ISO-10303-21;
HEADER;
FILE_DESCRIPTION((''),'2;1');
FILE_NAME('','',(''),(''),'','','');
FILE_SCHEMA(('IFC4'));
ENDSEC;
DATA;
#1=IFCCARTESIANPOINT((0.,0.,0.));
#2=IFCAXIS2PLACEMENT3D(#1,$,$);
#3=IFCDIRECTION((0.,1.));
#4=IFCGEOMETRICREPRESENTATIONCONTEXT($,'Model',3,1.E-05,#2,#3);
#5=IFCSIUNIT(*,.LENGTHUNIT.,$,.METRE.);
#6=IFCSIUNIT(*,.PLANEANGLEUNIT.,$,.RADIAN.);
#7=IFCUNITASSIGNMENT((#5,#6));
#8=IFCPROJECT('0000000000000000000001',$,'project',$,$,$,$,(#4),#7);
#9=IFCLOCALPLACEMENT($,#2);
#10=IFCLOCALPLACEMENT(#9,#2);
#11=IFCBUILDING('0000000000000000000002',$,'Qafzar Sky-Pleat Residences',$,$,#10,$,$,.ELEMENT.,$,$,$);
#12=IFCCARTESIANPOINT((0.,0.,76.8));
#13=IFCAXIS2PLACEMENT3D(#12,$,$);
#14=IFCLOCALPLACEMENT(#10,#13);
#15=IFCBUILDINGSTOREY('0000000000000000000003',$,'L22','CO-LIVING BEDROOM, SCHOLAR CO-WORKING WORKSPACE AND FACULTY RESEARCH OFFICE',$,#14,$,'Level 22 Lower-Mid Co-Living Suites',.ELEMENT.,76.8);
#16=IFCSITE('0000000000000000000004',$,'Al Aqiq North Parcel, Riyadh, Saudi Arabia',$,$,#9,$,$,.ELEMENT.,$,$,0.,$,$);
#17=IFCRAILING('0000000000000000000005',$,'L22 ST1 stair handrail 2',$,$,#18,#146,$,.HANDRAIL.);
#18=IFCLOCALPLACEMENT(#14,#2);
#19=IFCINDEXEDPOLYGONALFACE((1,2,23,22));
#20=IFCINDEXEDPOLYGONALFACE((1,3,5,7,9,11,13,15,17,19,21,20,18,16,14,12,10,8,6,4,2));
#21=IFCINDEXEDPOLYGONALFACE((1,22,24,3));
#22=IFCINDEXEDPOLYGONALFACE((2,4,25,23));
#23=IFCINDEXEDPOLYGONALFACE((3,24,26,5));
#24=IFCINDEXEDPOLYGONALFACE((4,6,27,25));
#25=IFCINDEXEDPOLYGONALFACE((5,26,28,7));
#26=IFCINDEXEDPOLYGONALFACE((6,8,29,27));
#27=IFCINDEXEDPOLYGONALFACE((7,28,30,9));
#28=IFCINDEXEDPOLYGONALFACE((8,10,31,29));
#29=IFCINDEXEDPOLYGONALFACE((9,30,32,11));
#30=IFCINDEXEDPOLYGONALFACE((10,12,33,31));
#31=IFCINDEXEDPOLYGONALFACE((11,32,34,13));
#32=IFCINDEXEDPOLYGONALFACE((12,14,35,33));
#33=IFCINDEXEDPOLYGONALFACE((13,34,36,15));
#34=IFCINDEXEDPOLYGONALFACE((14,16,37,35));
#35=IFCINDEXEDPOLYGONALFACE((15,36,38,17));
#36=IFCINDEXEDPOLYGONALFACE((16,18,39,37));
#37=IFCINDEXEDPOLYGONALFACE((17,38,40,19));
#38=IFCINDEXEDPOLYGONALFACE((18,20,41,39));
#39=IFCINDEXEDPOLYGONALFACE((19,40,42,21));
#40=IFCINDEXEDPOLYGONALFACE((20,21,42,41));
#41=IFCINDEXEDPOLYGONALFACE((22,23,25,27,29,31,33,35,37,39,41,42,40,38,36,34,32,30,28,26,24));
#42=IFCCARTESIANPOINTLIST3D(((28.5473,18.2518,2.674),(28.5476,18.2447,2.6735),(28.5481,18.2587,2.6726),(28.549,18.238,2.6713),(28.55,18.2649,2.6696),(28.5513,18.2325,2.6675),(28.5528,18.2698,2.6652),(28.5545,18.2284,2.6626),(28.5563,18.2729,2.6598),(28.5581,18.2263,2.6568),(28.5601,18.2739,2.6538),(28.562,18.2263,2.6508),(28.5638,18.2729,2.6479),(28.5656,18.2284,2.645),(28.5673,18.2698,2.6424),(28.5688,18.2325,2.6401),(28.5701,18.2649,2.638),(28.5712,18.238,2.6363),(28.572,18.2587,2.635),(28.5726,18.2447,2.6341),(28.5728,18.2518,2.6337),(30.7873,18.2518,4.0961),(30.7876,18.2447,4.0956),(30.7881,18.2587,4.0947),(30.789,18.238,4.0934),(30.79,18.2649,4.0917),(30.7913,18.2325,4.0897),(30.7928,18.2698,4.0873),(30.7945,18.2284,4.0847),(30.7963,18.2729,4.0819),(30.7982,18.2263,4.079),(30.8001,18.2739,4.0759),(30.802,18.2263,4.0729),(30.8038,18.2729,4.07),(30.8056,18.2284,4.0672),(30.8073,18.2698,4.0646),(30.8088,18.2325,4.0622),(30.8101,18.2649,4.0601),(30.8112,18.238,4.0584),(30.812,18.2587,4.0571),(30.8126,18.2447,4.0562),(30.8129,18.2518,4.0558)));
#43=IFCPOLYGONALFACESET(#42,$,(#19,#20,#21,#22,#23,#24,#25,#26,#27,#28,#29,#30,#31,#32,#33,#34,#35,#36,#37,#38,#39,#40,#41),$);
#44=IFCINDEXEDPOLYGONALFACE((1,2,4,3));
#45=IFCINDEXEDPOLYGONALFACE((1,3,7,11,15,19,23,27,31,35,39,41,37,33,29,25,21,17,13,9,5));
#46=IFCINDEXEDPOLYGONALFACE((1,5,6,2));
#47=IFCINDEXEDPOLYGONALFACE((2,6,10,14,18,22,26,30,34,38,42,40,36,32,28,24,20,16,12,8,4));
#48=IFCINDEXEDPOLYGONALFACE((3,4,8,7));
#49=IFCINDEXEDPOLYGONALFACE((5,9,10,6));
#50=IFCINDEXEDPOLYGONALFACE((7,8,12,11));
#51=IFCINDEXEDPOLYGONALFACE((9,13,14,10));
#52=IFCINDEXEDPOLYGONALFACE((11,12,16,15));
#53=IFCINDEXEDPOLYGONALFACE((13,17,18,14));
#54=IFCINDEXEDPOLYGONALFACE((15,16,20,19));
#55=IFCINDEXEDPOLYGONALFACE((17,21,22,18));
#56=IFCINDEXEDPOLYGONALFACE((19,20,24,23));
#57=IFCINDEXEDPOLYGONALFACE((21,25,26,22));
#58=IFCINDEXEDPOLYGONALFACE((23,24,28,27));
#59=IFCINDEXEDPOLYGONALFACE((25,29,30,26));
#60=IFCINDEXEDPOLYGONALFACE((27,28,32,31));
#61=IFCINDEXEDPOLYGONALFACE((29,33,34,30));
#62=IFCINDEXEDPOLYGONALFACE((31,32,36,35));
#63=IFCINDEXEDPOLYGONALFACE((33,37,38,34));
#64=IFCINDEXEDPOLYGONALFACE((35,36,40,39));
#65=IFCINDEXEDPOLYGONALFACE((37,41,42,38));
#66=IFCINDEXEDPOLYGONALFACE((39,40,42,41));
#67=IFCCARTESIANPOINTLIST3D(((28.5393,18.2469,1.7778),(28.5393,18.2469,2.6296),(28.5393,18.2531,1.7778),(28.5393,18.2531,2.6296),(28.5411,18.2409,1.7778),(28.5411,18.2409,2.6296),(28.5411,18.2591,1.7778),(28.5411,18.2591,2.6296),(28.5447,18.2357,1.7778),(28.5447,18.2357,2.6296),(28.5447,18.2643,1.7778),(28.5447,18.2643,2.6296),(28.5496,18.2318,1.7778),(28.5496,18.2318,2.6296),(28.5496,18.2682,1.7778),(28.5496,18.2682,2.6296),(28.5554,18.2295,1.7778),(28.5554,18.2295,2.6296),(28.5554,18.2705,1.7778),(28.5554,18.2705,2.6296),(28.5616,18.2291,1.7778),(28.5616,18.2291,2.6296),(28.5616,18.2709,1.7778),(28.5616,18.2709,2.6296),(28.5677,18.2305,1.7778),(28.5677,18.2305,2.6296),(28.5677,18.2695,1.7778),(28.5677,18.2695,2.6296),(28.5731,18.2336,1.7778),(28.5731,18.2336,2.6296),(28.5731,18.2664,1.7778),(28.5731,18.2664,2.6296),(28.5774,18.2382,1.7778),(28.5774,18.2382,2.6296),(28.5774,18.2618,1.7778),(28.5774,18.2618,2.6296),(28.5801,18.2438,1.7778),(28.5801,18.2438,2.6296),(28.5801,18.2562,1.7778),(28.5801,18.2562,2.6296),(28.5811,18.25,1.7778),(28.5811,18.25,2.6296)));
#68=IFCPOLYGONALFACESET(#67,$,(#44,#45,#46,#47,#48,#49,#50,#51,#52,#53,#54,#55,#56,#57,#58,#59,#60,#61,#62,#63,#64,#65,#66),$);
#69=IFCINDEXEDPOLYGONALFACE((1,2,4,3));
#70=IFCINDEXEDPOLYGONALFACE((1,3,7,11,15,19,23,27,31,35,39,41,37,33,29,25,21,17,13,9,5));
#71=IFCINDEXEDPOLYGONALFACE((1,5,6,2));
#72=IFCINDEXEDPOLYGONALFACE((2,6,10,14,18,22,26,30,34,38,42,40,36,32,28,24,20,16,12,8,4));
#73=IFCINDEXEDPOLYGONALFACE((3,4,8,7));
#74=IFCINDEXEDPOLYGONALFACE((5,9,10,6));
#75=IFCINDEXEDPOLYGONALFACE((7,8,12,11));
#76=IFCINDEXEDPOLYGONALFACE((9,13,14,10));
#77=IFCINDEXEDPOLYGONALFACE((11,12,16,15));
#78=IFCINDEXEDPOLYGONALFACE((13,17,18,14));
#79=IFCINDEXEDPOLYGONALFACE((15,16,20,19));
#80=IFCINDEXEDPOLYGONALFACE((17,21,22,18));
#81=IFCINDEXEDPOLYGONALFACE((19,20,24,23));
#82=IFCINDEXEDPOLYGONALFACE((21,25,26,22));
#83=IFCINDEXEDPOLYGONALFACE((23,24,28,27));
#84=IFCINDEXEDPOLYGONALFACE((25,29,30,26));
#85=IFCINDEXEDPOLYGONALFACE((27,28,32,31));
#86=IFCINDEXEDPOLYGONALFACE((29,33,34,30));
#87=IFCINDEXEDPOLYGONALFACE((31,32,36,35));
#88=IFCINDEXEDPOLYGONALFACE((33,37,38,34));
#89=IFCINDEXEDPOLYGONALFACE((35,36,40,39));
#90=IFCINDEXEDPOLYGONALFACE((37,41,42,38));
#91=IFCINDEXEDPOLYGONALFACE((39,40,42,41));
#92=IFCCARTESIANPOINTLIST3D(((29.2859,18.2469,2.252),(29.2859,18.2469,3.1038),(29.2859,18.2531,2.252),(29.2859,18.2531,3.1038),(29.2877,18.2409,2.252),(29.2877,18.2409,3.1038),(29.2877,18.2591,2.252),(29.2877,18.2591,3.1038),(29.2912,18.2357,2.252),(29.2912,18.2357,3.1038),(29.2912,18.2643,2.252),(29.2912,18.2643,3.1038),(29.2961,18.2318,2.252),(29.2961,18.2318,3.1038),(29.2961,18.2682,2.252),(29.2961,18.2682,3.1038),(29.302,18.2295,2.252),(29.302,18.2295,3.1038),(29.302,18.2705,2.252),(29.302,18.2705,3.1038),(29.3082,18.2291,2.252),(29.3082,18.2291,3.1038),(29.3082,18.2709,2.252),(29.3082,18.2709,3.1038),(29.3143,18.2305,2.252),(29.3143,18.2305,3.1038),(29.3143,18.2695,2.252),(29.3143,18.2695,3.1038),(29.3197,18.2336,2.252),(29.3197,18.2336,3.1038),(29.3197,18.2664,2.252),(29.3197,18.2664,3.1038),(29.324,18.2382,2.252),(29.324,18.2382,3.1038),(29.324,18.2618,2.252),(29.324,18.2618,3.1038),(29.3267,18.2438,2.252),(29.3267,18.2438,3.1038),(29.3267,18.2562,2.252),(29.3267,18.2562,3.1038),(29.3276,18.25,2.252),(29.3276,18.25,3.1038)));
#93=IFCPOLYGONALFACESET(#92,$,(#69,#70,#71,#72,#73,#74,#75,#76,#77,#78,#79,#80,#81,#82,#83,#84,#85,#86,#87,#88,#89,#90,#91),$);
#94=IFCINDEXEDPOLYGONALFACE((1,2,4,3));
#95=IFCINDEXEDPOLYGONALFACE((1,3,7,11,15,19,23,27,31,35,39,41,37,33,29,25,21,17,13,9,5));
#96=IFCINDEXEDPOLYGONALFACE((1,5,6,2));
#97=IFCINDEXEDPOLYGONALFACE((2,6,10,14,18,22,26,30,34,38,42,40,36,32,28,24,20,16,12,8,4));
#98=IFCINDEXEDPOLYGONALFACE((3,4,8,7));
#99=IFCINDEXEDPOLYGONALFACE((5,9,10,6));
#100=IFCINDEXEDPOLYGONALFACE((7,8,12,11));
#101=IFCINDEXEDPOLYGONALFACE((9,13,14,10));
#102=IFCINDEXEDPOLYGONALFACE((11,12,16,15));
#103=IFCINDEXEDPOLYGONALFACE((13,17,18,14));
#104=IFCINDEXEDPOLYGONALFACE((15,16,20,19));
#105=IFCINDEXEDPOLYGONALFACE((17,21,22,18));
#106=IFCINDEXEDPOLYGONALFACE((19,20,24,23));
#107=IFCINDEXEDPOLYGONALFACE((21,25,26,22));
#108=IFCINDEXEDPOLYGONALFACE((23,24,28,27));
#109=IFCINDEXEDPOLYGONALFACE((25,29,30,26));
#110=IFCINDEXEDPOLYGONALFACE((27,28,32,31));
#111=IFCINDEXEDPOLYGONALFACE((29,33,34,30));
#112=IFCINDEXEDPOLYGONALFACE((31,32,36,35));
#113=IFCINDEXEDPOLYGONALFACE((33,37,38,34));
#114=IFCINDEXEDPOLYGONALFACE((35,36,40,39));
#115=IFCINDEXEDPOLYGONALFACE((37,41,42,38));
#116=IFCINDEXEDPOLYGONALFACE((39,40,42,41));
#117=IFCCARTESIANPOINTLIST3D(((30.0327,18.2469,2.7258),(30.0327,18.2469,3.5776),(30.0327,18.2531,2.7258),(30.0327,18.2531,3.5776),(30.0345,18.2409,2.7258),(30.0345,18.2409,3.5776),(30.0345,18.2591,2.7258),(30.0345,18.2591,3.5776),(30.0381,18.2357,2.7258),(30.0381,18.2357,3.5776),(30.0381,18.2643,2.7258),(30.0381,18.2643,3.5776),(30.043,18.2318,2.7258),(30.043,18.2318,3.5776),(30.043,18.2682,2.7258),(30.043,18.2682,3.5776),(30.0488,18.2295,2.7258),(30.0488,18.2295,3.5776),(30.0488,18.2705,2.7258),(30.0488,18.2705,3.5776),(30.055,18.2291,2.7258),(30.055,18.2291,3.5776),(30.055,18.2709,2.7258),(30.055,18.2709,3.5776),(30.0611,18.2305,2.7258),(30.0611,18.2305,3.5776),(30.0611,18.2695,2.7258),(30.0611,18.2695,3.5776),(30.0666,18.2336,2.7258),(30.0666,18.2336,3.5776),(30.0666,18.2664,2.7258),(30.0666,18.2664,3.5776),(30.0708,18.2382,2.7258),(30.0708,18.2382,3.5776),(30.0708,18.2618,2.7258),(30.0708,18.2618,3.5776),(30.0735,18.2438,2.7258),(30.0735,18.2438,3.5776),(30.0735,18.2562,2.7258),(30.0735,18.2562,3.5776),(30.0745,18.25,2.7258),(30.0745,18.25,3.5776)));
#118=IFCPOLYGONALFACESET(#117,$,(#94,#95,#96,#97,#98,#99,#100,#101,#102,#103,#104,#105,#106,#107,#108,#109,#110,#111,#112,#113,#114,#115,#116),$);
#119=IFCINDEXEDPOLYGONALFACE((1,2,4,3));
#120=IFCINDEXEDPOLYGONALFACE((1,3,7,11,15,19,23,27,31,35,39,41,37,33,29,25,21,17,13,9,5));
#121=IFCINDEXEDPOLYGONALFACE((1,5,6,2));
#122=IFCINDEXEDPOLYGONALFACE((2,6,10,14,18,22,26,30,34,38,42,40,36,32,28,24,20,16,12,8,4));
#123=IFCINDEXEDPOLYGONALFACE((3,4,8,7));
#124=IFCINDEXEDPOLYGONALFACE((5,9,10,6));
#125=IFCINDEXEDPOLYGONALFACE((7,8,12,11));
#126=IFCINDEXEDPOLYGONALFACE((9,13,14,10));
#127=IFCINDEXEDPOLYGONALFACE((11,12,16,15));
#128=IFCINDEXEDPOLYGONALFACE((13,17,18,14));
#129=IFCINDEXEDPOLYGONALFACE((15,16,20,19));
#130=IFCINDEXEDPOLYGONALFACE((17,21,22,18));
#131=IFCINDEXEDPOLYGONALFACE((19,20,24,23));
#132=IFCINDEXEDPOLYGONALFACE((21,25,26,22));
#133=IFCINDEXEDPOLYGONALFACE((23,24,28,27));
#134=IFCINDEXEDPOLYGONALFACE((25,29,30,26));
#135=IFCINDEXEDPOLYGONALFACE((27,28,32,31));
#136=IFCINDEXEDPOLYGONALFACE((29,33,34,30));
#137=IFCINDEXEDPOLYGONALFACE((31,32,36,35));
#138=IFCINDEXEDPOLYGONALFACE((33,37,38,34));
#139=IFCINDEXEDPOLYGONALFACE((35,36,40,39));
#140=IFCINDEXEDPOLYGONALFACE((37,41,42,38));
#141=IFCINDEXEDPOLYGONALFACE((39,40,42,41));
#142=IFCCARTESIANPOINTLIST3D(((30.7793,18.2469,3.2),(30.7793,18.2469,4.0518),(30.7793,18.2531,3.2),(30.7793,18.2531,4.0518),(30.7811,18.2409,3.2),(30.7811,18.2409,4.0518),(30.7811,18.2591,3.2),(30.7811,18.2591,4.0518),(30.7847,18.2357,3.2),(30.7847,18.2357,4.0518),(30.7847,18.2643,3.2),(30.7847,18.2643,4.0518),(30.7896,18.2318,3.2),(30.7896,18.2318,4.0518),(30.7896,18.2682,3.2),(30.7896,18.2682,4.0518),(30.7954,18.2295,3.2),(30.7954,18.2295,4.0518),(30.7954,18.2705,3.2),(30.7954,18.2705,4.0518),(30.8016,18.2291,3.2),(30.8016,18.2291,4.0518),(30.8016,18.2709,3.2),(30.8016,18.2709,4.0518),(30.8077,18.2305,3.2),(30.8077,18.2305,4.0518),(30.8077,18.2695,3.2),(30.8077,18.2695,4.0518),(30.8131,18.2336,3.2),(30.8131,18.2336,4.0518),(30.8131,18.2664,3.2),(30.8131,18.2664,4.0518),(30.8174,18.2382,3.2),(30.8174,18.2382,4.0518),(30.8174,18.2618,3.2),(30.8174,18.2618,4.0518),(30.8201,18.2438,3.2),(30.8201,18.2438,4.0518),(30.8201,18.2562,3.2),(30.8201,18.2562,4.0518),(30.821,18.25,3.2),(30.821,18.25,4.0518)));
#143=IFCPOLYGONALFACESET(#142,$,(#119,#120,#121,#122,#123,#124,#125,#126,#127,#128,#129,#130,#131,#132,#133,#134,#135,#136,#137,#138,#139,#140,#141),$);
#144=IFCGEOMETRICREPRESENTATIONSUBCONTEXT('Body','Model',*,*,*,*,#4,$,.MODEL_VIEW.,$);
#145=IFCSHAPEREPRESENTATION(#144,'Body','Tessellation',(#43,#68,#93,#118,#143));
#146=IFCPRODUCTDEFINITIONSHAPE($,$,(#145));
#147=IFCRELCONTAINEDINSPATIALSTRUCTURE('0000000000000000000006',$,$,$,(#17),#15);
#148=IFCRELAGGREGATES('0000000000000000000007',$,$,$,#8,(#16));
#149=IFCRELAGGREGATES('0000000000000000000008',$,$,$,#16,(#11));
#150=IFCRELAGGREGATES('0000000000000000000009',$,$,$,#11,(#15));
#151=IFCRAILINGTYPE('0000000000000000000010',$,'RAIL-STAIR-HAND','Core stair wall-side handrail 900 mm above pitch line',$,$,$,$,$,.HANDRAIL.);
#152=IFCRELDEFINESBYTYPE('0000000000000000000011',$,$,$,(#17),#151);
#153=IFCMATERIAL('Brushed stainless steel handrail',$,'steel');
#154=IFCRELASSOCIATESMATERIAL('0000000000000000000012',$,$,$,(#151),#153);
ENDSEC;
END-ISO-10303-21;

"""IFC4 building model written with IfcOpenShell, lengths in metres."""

from ifc_helpers import new_model, si_unit, direction, frame, origin, origin_2d, place, context, subcontext, project, spatial, circle, extrude, source, transform, mapped, material, type_object, element, save


model = new_model("IFC4")

# Units and contexts
model_context = context("Model", 3, precision=1e-05, world=origin(), true_north=direction((0.0, 1.0)))
body_context = subcontext(model_context, "Body", "Model", "MODEL_VIEW")
ifc_project = project(units=[si_unit("LENGTHUNIT", "METRE"), si_unit("PLANEANGLEUNIT", "RADIAN")], contexts=[model_context])

# Site, building, storey
site_placement = place(None, origin())
site = spatial("IfcSite", under=ifc_project, at=site_placement, Name="Al Aqiq North Parcel, Riyadh, Saudi Arabia", CompositionType="ELEMENT", RefElevation=0.0)
building_placement = place(site_placement, origin())
building = spatial("IfcBuilding", under=site, at=building_placement, Name="Qafzar Sky-Pleat Residences", CompositionType="ELEMENT")
storey_placement = place(building_placement, frame((0.0, 0.0, 76.8)))
storey = spatial("IfcBuildingStorey", under=building, at=storey_placement, Name="L22", Description="CO-LIVING BEDROOM, SCHOLAR CO-WORKING WORKSPACE AND FACULTY RESEARCH OFFICE", LongName="Level 22 Lower-Mid Co-Living Suites", CompositionType="ELEMENT", Elevation=76.8)

# Railing
ifc_material_1 = material(Name="Brushed stainless steel handrail", Category="steel")
railing_type_1 = type_object("IfcRailingType", Name="RAIL-STAIR-HAND", Description="Core stair wall-side handrail 900 mm above pitch line", PredefinedType="HANDRAIL", material=ifc_material_1)
shared_shape_1 = source(origin(), body_context, "Body", "SweptSolid", [
    extrude(circle(Radius=0.0239, at=origin_2d()), frame((0.0, 0.0, 0.876), z_axis=(0.844229, 0.0, 0.535982), x_axis=(0.0, 1.0, 0.0)), (0.0, 0.0, 1.0), 2.6533),
    extrude(circle(Radius=0.021, at=origin_2d()), origin(), (0.0, 0.0, 1.0), 0.8518),
    extrude(circle(Radius=0.021, at=origin_2d()), frame((0.7466, 0.0, 0.4741)), (0.0, 0.0, 1.0), 0.8518),
    extrude(circle(Radius=0.021, at=origin_2d()), frame((1.4934, 0.0, 0.948)), (0.0, 0.0, 1.0), 0.8518),
    extrude(circle(Radius=0.021, at=origin_2d()), frame((2.24, 0.0, 1.4221)), (0.0, 0.0, 1.0), 0.8518),
])
railing_1_placement = place(storey_placement, frame((28.5601, 18.25, 1.7778)))
element("IfcRailing", 1, at=railing_1_placement, inside=storey, type_object=railing_type_1, Name="L22 ST1 stair handrail 2", PredefinedType="HANDRAIL", context=body_context, shape_type="MappedRepresentation", body=[
    mapped(shared_shape_1, transform((0.0, 0.0, 0.0), x_axis=(1.0, 0.0, 0.0), y_axis=(0.0, 1.0, 0.0), z_axis=(0.0, 0.0, 1.0), scale=1.0)),
])

save(model, "model.ifc")
